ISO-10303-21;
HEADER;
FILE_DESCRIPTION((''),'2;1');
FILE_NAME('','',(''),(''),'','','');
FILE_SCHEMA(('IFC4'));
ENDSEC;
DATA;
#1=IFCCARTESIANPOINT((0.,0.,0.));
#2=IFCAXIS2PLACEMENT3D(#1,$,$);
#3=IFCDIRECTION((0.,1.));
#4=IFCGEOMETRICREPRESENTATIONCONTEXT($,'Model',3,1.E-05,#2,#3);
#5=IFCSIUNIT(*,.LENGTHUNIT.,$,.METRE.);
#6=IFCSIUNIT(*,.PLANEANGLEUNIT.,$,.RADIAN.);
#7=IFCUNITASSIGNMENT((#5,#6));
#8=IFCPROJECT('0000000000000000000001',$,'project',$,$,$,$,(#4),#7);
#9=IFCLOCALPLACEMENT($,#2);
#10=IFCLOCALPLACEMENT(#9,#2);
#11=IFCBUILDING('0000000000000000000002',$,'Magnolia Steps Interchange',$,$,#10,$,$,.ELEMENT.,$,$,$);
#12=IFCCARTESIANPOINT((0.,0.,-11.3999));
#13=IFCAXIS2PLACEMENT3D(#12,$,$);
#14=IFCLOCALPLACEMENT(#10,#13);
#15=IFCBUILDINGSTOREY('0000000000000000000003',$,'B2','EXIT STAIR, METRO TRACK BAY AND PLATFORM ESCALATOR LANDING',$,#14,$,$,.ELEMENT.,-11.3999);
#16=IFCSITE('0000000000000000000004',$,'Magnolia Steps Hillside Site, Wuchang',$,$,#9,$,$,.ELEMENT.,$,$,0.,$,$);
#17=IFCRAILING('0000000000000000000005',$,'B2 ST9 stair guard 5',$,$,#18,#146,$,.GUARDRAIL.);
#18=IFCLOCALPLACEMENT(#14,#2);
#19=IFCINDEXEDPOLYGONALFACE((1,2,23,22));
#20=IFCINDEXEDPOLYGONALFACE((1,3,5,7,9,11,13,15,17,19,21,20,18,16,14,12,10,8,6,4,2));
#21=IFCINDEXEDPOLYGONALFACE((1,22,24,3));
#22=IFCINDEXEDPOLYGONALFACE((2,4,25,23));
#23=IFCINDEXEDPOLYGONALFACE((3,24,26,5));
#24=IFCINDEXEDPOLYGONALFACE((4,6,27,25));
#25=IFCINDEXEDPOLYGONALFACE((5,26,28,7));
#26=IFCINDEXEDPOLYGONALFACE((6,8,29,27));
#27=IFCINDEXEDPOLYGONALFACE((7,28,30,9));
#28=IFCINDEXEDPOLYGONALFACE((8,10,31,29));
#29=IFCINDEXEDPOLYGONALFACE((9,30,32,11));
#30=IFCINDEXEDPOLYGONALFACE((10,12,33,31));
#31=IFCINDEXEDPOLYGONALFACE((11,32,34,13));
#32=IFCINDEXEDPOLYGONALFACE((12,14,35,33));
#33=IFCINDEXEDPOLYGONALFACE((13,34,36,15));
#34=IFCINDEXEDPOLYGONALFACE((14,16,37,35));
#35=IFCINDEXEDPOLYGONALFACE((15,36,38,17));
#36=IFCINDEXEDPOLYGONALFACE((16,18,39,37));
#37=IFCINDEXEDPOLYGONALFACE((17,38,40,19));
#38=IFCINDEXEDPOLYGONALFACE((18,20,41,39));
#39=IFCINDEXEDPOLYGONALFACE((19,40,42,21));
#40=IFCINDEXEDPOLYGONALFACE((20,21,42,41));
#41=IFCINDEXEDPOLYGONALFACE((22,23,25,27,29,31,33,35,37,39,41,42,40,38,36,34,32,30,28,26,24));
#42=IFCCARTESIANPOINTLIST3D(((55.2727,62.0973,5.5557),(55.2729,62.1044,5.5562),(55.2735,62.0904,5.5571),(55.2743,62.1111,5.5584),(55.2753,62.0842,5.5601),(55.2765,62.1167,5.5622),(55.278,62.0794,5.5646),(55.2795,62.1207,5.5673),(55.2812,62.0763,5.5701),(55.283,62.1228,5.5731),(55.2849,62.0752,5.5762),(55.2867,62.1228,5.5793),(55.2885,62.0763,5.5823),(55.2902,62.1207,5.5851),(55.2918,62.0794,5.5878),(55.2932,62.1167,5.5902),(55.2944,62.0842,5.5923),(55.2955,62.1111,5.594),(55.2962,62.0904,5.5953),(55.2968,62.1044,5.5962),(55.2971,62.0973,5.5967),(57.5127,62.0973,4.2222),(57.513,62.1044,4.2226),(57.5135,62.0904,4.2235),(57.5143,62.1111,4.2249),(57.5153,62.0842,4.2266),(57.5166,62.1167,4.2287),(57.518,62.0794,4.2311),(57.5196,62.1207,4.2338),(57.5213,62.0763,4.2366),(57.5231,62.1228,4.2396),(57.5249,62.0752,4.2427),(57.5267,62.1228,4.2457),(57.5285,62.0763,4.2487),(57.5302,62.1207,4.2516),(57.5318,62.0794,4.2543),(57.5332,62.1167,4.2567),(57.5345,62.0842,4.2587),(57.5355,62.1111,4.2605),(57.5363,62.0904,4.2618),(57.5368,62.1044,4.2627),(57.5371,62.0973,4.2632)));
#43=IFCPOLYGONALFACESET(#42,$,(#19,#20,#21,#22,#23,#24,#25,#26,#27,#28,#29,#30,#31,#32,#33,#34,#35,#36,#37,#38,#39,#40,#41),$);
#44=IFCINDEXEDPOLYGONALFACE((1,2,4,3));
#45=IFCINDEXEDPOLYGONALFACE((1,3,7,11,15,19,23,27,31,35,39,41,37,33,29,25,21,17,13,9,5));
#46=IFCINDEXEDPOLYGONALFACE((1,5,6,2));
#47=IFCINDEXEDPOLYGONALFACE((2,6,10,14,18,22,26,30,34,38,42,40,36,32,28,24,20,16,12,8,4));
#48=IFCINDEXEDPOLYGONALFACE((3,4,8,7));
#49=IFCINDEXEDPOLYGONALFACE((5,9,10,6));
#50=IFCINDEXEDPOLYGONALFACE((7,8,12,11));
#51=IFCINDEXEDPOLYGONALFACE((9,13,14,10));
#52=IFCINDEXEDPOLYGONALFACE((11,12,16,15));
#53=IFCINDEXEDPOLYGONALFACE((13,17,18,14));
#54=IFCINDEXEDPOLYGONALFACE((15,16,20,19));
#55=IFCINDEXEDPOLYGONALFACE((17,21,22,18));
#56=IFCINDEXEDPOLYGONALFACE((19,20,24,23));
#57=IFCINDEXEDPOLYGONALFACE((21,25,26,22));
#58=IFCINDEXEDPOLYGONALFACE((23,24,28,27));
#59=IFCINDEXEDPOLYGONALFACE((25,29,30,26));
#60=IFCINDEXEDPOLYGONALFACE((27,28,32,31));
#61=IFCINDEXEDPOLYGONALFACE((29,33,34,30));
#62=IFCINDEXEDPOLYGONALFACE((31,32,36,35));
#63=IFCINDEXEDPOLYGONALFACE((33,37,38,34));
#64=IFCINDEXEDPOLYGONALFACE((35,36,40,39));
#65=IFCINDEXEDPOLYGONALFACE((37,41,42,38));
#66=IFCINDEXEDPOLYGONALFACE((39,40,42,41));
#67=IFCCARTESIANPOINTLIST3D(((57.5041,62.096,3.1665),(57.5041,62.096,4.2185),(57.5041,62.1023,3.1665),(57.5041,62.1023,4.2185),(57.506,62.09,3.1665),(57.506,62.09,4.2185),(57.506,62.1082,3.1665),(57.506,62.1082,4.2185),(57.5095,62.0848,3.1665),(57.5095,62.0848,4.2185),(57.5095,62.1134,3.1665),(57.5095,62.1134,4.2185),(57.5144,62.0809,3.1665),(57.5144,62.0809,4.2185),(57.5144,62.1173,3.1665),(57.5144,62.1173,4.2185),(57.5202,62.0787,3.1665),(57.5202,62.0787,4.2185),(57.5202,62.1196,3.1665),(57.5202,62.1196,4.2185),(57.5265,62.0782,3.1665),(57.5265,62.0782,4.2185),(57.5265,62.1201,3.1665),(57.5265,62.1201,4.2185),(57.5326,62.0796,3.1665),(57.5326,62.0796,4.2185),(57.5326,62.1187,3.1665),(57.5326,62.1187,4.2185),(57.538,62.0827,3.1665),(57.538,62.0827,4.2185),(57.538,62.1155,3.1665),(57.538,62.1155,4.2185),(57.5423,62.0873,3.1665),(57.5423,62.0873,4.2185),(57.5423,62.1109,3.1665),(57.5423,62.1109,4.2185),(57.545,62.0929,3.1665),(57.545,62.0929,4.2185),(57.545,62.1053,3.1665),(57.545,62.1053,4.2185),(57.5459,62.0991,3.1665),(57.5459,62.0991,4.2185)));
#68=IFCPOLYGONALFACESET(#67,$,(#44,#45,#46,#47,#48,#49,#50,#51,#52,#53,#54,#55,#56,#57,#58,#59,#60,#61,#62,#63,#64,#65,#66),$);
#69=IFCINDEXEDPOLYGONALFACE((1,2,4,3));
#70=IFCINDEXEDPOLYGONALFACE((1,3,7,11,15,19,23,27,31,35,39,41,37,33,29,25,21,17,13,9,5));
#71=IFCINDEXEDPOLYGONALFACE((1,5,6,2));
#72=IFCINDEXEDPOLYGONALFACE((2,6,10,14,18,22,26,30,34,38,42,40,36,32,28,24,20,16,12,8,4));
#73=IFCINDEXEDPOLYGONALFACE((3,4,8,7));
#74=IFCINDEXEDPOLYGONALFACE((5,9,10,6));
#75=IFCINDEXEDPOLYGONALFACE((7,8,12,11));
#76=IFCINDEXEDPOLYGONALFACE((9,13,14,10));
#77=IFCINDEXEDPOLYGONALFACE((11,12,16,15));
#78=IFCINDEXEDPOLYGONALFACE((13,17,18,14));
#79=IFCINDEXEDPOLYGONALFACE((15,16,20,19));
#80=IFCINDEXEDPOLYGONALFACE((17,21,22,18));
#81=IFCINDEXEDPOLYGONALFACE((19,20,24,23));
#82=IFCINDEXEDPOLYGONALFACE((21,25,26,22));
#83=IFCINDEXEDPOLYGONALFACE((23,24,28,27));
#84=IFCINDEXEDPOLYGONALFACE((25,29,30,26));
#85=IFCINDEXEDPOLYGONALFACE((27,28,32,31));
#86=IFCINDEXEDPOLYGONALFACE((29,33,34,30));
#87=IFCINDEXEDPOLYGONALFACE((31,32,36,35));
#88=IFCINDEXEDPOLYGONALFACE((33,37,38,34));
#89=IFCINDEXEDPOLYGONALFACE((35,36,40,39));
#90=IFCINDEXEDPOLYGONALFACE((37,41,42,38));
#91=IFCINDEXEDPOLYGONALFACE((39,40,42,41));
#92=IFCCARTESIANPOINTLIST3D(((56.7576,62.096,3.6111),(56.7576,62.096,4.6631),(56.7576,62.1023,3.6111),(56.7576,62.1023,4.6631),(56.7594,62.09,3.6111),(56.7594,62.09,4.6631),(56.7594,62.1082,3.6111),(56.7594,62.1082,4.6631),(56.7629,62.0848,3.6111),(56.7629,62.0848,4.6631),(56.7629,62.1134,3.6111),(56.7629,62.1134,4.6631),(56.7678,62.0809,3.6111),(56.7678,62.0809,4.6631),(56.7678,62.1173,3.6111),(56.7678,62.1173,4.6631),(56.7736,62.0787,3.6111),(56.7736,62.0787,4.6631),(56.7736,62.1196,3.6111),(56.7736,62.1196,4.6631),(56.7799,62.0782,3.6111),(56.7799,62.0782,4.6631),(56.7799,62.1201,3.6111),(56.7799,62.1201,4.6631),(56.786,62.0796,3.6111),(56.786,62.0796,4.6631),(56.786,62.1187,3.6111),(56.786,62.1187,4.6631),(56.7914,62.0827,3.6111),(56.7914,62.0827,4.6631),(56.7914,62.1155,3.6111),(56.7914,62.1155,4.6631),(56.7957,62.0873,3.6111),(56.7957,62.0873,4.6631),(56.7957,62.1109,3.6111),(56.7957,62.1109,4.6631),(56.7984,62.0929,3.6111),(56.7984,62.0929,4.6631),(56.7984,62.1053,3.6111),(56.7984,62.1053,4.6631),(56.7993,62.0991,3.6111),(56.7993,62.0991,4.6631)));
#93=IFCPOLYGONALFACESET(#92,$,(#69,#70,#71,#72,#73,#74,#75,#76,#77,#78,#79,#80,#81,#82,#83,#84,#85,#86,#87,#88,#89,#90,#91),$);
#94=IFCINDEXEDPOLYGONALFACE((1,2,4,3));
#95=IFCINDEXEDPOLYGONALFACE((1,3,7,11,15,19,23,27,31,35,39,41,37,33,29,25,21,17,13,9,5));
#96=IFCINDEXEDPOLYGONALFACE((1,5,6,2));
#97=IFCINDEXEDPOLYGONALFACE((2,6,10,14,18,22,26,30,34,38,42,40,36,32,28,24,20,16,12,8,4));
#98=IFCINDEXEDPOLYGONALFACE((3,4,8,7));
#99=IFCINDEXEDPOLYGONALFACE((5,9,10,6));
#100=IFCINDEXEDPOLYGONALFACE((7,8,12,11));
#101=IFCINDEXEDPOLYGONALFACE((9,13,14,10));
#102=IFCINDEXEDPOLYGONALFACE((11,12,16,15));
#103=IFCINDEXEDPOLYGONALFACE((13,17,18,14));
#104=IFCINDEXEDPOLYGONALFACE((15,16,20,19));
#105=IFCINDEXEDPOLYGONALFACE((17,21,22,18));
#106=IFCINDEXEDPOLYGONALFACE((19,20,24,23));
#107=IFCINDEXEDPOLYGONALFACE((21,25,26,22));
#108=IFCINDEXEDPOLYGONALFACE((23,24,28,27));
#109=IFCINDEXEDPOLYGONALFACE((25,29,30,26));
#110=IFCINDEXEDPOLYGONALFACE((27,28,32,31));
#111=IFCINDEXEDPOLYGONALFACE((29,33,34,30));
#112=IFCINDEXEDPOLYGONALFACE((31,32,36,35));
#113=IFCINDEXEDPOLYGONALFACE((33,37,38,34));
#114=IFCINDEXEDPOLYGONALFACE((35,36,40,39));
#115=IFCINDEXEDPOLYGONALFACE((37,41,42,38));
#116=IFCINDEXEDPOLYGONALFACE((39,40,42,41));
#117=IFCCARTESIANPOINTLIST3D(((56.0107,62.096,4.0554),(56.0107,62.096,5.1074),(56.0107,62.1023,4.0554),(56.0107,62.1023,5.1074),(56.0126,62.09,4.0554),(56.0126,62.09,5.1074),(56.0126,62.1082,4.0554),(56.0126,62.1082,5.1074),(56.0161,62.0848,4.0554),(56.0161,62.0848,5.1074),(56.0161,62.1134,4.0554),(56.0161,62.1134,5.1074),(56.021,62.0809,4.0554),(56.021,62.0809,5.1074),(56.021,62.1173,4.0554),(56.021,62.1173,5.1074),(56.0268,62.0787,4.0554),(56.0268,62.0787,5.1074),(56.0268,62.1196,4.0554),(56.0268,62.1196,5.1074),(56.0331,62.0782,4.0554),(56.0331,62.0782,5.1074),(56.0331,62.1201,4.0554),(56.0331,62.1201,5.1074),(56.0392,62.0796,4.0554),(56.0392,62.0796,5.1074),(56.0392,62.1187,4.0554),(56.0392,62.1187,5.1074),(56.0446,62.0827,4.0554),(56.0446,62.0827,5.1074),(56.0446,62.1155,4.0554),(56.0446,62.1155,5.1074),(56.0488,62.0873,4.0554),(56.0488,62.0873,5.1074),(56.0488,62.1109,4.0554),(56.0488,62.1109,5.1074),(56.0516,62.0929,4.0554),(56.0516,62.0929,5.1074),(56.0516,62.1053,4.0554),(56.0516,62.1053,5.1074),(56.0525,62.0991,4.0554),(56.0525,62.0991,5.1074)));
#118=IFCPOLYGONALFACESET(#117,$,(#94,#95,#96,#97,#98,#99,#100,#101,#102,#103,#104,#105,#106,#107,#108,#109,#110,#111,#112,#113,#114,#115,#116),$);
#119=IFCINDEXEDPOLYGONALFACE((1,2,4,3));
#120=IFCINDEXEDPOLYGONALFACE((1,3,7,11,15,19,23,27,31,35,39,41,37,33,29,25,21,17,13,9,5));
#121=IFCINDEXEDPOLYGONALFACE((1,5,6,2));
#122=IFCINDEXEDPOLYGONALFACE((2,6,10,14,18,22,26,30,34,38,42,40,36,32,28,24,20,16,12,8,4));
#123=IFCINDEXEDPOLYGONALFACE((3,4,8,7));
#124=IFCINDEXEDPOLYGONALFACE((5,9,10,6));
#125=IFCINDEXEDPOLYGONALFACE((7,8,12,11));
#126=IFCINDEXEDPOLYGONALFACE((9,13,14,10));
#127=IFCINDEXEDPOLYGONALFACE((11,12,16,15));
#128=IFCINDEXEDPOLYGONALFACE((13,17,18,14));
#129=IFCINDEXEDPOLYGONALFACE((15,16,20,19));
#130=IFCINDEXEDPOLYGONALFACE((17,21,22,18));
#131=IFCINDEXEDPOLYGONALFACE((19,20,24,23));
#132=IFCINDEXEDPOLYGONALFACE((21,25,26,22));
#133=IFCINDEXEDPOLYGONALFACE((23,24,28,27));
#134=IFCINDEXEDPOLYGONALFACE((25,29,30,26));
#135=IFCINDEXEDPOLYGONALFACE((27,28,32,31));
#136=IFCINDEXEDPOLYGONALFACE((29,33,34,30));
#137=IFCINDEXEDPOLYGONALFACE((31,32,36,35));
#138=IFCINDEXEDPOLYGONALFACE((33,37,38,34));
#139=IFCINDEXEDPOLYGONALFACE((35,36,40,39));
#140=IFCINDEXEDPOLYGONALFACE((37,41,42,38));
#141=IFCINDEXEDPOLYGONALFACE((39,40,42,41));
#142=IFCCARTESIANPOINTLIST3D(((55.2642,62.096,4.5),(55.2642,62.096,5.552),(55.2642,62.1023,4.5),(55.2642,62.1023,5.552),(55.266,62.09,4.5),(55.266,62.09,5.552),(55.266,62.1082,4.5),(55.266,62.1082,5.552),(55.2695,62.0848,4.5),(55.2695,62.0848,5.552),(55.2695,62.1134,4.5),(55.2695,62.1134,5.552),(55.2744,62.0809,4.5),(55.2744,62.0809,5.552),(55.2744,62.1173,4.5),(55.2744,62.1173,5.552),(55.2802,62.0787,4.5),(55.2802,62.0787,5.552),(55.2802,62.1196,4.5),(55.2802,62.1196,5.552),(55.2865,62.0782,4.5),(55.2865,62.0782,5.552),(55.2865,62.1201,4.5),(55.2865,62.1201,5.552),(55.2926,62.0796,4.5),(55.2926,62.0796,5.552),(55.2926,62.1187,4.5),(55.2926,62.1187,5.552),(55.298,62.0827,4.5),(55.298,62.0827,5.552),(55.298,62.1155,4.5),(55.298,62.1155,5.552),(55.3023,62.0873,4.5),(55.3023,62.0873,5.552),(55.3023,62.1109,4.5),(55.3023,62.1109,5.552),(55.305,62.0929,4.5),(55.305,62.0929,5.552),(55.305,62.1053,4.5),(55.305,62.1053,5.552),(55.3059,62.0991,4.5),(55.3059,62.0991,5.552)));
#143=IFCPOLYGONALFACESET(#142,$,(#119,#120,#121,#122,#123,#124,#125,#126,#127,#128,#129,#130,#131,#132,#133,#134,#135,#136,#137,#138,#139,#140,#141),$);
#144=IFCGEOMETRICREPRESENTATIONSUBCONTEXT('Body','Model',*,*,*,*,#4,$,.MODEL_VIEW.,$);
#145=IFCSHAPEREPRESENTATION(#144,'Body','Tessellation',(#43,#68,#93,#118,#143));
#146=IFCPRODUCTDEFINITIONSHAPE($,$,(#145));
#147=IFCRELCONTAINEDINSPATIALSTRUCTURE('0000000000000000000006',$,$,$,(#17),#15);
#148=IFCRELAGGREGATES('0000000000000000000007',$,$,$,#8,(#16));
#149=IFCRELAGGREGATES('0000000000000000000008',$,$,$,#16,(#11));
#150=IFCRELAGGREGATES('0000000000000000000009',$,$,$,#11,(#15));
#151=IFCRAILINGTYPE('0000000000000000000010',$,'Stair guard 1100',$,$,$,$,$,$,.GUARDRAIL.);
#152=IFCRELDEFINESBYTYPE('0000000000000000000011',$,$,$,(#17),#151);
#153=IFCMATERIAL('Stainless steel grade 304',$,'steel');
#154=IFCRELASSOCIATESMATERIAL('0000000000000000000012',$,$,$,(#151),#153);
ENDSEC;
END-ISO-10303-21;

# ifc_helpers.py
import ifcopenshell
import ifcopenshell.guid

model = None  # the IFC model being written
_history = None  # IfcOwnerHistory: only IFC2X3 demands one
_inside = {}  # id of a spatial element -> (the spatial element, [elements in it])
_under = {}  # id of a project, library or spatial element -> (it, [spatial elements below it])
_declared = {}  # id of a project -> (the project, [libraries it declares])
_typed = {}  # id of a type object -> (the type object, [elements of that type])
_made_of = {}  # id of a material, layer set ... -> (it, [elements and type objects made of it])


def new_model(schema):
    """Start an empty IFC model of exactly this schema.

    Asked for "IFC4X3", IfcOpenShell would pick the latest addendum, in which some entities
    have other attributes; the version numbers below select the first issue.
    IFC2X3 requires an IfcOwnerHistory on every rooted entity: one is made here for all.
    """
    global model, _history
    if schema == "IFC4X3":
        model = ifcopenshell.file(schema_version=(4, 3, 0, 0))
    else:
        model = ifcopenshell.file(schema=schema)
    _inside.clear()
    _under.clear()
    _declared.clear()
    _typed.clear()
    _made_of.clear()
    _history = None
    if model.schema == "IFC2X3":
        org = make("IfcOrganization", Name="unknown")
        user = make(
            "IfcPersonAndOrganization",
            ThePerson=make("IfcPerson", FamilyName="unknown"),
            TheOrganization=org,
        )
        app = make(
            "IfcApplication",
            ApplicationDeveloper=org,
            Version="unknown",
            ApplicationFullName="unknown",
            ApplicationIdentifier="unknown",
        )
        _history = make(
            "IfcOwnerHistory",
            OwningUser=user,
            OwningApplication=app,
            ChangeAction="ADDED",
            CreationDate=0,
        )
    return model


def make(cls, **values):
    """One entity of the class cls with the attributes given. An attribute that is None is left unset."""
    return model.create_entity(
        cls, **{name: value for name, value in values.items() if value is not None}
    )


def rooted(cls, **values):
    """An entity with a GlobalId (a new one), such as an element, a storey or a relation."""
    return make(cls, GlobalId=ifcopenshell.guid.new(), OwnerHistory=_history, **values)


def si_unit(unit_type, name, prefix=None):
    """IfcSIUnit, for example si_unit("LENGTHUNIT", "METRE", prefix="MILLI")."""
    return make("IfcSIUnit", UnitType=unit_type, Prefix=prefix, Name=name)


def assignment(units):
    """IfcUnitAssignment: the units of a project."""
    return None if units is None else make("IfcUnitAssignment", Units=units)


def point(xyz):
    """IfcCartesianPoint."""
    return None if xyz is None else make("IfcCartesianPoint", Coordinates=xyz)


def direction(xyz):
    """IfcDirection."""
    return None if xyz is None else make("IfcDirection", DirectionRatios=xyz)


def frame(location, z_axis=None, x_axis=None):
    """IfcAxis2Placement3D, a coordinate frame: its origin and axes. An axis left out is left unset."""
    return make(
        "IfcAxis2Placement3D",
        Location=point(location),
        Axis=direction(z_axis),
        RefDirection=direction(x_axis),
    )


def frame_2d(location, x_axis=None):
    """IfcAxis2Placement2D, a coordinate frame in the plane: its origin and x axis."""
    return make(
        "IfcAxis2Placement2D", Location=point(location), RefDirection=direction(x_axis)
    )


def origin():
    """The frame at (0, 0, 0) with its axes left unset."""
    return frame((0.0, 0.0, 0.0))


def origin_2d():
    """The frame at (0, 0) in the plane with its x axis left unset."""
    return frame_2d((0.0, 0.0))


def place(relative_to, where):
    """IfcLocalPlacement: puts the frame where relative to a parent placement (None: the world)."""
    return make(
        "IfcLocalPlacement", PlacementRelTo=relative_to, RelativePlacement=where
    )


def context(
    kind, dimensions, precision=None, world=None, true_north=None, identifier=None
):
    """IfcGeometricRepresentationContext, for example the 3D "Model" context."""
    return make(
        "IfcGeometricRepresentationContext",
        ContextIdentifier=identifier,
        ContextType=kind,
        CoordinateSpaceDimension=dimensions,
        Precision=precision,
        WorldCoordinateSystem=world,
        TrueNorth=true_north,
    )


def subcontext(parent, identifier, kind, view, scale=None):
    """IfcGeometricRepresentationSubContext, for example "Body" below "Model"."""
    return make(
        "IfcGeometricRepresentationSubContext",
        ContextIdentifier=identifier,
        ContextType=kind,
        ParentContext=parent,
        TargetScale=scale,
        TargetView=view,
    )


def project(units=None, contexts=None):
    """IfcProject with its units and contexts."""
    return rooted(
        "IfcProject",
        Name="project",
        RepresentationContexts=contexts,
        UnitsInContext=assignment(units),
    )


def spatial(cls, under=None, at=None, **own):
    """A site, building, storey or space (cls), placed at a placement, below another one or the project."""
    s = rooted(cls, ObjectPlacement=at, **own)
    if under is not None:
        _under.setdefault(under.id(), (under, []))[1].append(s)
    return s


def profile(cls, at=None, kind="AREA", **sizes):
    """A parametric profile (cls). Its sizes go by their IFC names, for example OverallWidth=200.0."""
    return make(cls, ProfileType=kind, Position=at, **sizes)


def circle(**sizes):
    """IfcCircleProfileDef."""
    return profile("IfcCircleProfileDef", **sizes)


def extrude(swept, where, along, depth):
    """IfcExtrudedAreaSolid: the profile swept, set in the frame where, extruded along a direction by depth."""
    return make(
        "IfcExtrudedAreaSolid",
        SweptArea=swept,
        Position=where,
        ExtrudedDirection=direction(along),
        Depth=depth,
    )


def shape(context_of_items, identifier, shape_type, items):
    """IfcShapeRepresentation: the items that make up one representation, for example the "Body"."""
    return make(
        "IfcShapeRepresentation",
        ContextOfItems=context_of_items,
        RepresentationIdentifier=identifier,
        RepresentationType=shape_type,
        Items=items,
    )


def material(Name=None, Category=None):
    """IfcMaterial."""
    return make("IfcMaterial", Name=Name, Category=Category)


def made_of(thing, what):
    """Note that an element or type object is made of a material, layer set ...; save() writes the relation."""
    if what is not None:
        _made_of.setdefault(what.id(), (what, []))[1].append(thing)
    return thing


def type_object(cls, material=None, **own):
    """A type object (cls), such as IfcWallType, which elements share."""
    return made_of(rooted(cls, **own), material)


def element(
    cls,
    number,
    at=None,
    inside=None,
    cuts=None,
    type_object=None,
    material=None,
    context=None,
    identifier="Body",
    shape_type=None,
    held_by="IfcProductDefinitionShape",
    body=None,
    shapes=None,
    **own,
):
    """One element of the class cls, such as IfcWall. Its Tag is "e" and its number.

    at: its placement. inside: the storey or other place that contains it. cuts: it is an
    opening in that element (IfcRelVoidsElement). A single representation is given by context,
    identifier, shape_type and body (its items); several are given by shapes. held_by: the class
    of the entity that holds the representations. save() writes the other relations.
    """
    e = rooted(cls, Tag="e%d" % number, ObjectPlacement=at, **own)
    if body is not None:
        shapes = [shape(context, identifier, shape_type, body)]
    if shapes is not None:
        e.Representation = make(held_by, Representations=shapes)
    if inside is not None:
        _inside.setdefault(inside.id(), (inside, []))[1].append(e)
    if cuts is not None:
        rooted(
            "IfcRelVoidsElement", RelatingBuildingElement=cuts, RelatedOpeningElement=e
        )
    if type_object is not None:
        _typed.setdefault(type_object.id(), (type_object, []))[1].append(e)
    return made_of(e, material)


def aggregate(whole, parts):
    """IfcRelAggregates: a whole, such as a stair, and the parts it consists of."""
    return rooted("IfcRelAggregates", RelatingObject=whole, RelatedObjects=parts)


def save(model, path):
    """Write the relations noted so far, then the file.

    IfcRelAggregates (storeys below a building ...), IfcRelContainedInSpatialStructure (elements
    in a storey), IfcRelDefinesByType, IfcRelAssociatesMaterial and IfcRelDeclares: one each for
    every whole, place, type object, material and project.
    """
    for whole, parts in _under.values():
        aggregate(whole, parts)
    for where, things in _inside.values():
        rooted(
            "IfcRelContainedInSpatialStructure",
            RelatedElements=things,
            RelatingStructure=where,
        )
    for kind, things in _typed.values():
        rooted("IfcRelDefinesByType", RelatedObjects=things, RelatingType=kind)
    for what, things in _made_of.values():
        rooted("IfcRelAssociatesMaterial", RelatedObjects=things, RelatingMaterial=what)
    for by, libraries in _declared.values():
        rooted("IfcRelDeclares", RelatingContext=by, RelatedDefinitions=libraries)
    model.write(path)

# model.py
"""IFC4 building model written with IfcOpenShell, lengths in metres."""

from ifc_helpers import new_model, si_unit, direction, frame, origin, origin_2d, place, context, subcontext, project, spatial, circle, extrude, material, type_object, element, save


model = new_model("IFC4")

# Units and contexts
model_context = context("Model", 3, precision=1e-05, world=origin(), true_north=direction((0.0, 1.0)))
body_context = subcontext(model_context, "Body", "Model", "MODEL_VIEW")
ifc_project = project(units=[si_unit("LENGTHUNIT", "METRE"), si_unit("PLANEANGLEUNIT", "RADIAN")], contexts=[model_context])

# Site, building, storey
site_placement = place(None, origin())
site = spatial("IfcSite", under=ifc_project, at=site_placement, Name="Magnolia Steps Hillside Site, Wuchang", CompositionType="ELEMENT", RefElevation=0.0)
building_placement = place(site_placement, origin())
building = spatial("IfcBuilding", under=site, at=building_placement, Name="Magnolia Steps Interchange", CompositionType="ELEMENT")
storey_placement = place(building_placement, frame((0.0, 0.0, -11.3999)))
storey = spatial("IfcBuildingStorey", under=building, at=storey_placement, Name="B2", Description="EXIT STAIR, METRO TRACK BAY AND PLATFORM ESCALATOR LANDING", CompositionType="ELEMENT", Elevation=-11.3999)

# Railing
ifc_material_1 = material(Name="Stainless steel grade 304", Category="steel")
railing_type_1 = type_object("IfcRailingType", Name="Stair guard 1100", PredefinedType="GUARDRAIL", material=ifc_material_1)
railing_1_placement = place(storey_placement, frame((57.5249, 62.0991, 3.1665)))
element("IfcRailing", 1, at=railing_1_placement, inside=storey, type_object=railing_type_1, Name="B2 ST9 stair guard 5", PredefinedType="GUARDRAIL", context=body_context, shape_type="SweptSolid", body=[
    extrude(circle(Radius=0.0239, at=origin_2d()), frame((0.0, 0.0, 1.0762), z_axis=(-0.859264, 0.0, 0.511532), x_axis=(0.0, -1.0, 0.0)), (0.0, 0.0, 1.0), 2.6069),
    extrude(circle(Radius=0.021, at=origin_2d()), origin(), (0.0, 0.0, 1.0), 1.052),
    extrude(circle(Radius=0.021, at=origin_2d()), frame((-0.7466, 0.0, 0.4446)), (0.0, 0.0, 1.0), 1.052),
    extrude(circle(Radius=0.021, at=origin_2d()), frame((-1.4934, 0.0, 0.8889)), (0.0, 0.0, 1.0), 1.052),
    extrude(circle(Radius=0.021, at=origin_2d()), frame((-2.24, 0.0, 1.3335)), (0.0, 0.0, 1.0), 1.052),
])

save(model, "model.ifc")
